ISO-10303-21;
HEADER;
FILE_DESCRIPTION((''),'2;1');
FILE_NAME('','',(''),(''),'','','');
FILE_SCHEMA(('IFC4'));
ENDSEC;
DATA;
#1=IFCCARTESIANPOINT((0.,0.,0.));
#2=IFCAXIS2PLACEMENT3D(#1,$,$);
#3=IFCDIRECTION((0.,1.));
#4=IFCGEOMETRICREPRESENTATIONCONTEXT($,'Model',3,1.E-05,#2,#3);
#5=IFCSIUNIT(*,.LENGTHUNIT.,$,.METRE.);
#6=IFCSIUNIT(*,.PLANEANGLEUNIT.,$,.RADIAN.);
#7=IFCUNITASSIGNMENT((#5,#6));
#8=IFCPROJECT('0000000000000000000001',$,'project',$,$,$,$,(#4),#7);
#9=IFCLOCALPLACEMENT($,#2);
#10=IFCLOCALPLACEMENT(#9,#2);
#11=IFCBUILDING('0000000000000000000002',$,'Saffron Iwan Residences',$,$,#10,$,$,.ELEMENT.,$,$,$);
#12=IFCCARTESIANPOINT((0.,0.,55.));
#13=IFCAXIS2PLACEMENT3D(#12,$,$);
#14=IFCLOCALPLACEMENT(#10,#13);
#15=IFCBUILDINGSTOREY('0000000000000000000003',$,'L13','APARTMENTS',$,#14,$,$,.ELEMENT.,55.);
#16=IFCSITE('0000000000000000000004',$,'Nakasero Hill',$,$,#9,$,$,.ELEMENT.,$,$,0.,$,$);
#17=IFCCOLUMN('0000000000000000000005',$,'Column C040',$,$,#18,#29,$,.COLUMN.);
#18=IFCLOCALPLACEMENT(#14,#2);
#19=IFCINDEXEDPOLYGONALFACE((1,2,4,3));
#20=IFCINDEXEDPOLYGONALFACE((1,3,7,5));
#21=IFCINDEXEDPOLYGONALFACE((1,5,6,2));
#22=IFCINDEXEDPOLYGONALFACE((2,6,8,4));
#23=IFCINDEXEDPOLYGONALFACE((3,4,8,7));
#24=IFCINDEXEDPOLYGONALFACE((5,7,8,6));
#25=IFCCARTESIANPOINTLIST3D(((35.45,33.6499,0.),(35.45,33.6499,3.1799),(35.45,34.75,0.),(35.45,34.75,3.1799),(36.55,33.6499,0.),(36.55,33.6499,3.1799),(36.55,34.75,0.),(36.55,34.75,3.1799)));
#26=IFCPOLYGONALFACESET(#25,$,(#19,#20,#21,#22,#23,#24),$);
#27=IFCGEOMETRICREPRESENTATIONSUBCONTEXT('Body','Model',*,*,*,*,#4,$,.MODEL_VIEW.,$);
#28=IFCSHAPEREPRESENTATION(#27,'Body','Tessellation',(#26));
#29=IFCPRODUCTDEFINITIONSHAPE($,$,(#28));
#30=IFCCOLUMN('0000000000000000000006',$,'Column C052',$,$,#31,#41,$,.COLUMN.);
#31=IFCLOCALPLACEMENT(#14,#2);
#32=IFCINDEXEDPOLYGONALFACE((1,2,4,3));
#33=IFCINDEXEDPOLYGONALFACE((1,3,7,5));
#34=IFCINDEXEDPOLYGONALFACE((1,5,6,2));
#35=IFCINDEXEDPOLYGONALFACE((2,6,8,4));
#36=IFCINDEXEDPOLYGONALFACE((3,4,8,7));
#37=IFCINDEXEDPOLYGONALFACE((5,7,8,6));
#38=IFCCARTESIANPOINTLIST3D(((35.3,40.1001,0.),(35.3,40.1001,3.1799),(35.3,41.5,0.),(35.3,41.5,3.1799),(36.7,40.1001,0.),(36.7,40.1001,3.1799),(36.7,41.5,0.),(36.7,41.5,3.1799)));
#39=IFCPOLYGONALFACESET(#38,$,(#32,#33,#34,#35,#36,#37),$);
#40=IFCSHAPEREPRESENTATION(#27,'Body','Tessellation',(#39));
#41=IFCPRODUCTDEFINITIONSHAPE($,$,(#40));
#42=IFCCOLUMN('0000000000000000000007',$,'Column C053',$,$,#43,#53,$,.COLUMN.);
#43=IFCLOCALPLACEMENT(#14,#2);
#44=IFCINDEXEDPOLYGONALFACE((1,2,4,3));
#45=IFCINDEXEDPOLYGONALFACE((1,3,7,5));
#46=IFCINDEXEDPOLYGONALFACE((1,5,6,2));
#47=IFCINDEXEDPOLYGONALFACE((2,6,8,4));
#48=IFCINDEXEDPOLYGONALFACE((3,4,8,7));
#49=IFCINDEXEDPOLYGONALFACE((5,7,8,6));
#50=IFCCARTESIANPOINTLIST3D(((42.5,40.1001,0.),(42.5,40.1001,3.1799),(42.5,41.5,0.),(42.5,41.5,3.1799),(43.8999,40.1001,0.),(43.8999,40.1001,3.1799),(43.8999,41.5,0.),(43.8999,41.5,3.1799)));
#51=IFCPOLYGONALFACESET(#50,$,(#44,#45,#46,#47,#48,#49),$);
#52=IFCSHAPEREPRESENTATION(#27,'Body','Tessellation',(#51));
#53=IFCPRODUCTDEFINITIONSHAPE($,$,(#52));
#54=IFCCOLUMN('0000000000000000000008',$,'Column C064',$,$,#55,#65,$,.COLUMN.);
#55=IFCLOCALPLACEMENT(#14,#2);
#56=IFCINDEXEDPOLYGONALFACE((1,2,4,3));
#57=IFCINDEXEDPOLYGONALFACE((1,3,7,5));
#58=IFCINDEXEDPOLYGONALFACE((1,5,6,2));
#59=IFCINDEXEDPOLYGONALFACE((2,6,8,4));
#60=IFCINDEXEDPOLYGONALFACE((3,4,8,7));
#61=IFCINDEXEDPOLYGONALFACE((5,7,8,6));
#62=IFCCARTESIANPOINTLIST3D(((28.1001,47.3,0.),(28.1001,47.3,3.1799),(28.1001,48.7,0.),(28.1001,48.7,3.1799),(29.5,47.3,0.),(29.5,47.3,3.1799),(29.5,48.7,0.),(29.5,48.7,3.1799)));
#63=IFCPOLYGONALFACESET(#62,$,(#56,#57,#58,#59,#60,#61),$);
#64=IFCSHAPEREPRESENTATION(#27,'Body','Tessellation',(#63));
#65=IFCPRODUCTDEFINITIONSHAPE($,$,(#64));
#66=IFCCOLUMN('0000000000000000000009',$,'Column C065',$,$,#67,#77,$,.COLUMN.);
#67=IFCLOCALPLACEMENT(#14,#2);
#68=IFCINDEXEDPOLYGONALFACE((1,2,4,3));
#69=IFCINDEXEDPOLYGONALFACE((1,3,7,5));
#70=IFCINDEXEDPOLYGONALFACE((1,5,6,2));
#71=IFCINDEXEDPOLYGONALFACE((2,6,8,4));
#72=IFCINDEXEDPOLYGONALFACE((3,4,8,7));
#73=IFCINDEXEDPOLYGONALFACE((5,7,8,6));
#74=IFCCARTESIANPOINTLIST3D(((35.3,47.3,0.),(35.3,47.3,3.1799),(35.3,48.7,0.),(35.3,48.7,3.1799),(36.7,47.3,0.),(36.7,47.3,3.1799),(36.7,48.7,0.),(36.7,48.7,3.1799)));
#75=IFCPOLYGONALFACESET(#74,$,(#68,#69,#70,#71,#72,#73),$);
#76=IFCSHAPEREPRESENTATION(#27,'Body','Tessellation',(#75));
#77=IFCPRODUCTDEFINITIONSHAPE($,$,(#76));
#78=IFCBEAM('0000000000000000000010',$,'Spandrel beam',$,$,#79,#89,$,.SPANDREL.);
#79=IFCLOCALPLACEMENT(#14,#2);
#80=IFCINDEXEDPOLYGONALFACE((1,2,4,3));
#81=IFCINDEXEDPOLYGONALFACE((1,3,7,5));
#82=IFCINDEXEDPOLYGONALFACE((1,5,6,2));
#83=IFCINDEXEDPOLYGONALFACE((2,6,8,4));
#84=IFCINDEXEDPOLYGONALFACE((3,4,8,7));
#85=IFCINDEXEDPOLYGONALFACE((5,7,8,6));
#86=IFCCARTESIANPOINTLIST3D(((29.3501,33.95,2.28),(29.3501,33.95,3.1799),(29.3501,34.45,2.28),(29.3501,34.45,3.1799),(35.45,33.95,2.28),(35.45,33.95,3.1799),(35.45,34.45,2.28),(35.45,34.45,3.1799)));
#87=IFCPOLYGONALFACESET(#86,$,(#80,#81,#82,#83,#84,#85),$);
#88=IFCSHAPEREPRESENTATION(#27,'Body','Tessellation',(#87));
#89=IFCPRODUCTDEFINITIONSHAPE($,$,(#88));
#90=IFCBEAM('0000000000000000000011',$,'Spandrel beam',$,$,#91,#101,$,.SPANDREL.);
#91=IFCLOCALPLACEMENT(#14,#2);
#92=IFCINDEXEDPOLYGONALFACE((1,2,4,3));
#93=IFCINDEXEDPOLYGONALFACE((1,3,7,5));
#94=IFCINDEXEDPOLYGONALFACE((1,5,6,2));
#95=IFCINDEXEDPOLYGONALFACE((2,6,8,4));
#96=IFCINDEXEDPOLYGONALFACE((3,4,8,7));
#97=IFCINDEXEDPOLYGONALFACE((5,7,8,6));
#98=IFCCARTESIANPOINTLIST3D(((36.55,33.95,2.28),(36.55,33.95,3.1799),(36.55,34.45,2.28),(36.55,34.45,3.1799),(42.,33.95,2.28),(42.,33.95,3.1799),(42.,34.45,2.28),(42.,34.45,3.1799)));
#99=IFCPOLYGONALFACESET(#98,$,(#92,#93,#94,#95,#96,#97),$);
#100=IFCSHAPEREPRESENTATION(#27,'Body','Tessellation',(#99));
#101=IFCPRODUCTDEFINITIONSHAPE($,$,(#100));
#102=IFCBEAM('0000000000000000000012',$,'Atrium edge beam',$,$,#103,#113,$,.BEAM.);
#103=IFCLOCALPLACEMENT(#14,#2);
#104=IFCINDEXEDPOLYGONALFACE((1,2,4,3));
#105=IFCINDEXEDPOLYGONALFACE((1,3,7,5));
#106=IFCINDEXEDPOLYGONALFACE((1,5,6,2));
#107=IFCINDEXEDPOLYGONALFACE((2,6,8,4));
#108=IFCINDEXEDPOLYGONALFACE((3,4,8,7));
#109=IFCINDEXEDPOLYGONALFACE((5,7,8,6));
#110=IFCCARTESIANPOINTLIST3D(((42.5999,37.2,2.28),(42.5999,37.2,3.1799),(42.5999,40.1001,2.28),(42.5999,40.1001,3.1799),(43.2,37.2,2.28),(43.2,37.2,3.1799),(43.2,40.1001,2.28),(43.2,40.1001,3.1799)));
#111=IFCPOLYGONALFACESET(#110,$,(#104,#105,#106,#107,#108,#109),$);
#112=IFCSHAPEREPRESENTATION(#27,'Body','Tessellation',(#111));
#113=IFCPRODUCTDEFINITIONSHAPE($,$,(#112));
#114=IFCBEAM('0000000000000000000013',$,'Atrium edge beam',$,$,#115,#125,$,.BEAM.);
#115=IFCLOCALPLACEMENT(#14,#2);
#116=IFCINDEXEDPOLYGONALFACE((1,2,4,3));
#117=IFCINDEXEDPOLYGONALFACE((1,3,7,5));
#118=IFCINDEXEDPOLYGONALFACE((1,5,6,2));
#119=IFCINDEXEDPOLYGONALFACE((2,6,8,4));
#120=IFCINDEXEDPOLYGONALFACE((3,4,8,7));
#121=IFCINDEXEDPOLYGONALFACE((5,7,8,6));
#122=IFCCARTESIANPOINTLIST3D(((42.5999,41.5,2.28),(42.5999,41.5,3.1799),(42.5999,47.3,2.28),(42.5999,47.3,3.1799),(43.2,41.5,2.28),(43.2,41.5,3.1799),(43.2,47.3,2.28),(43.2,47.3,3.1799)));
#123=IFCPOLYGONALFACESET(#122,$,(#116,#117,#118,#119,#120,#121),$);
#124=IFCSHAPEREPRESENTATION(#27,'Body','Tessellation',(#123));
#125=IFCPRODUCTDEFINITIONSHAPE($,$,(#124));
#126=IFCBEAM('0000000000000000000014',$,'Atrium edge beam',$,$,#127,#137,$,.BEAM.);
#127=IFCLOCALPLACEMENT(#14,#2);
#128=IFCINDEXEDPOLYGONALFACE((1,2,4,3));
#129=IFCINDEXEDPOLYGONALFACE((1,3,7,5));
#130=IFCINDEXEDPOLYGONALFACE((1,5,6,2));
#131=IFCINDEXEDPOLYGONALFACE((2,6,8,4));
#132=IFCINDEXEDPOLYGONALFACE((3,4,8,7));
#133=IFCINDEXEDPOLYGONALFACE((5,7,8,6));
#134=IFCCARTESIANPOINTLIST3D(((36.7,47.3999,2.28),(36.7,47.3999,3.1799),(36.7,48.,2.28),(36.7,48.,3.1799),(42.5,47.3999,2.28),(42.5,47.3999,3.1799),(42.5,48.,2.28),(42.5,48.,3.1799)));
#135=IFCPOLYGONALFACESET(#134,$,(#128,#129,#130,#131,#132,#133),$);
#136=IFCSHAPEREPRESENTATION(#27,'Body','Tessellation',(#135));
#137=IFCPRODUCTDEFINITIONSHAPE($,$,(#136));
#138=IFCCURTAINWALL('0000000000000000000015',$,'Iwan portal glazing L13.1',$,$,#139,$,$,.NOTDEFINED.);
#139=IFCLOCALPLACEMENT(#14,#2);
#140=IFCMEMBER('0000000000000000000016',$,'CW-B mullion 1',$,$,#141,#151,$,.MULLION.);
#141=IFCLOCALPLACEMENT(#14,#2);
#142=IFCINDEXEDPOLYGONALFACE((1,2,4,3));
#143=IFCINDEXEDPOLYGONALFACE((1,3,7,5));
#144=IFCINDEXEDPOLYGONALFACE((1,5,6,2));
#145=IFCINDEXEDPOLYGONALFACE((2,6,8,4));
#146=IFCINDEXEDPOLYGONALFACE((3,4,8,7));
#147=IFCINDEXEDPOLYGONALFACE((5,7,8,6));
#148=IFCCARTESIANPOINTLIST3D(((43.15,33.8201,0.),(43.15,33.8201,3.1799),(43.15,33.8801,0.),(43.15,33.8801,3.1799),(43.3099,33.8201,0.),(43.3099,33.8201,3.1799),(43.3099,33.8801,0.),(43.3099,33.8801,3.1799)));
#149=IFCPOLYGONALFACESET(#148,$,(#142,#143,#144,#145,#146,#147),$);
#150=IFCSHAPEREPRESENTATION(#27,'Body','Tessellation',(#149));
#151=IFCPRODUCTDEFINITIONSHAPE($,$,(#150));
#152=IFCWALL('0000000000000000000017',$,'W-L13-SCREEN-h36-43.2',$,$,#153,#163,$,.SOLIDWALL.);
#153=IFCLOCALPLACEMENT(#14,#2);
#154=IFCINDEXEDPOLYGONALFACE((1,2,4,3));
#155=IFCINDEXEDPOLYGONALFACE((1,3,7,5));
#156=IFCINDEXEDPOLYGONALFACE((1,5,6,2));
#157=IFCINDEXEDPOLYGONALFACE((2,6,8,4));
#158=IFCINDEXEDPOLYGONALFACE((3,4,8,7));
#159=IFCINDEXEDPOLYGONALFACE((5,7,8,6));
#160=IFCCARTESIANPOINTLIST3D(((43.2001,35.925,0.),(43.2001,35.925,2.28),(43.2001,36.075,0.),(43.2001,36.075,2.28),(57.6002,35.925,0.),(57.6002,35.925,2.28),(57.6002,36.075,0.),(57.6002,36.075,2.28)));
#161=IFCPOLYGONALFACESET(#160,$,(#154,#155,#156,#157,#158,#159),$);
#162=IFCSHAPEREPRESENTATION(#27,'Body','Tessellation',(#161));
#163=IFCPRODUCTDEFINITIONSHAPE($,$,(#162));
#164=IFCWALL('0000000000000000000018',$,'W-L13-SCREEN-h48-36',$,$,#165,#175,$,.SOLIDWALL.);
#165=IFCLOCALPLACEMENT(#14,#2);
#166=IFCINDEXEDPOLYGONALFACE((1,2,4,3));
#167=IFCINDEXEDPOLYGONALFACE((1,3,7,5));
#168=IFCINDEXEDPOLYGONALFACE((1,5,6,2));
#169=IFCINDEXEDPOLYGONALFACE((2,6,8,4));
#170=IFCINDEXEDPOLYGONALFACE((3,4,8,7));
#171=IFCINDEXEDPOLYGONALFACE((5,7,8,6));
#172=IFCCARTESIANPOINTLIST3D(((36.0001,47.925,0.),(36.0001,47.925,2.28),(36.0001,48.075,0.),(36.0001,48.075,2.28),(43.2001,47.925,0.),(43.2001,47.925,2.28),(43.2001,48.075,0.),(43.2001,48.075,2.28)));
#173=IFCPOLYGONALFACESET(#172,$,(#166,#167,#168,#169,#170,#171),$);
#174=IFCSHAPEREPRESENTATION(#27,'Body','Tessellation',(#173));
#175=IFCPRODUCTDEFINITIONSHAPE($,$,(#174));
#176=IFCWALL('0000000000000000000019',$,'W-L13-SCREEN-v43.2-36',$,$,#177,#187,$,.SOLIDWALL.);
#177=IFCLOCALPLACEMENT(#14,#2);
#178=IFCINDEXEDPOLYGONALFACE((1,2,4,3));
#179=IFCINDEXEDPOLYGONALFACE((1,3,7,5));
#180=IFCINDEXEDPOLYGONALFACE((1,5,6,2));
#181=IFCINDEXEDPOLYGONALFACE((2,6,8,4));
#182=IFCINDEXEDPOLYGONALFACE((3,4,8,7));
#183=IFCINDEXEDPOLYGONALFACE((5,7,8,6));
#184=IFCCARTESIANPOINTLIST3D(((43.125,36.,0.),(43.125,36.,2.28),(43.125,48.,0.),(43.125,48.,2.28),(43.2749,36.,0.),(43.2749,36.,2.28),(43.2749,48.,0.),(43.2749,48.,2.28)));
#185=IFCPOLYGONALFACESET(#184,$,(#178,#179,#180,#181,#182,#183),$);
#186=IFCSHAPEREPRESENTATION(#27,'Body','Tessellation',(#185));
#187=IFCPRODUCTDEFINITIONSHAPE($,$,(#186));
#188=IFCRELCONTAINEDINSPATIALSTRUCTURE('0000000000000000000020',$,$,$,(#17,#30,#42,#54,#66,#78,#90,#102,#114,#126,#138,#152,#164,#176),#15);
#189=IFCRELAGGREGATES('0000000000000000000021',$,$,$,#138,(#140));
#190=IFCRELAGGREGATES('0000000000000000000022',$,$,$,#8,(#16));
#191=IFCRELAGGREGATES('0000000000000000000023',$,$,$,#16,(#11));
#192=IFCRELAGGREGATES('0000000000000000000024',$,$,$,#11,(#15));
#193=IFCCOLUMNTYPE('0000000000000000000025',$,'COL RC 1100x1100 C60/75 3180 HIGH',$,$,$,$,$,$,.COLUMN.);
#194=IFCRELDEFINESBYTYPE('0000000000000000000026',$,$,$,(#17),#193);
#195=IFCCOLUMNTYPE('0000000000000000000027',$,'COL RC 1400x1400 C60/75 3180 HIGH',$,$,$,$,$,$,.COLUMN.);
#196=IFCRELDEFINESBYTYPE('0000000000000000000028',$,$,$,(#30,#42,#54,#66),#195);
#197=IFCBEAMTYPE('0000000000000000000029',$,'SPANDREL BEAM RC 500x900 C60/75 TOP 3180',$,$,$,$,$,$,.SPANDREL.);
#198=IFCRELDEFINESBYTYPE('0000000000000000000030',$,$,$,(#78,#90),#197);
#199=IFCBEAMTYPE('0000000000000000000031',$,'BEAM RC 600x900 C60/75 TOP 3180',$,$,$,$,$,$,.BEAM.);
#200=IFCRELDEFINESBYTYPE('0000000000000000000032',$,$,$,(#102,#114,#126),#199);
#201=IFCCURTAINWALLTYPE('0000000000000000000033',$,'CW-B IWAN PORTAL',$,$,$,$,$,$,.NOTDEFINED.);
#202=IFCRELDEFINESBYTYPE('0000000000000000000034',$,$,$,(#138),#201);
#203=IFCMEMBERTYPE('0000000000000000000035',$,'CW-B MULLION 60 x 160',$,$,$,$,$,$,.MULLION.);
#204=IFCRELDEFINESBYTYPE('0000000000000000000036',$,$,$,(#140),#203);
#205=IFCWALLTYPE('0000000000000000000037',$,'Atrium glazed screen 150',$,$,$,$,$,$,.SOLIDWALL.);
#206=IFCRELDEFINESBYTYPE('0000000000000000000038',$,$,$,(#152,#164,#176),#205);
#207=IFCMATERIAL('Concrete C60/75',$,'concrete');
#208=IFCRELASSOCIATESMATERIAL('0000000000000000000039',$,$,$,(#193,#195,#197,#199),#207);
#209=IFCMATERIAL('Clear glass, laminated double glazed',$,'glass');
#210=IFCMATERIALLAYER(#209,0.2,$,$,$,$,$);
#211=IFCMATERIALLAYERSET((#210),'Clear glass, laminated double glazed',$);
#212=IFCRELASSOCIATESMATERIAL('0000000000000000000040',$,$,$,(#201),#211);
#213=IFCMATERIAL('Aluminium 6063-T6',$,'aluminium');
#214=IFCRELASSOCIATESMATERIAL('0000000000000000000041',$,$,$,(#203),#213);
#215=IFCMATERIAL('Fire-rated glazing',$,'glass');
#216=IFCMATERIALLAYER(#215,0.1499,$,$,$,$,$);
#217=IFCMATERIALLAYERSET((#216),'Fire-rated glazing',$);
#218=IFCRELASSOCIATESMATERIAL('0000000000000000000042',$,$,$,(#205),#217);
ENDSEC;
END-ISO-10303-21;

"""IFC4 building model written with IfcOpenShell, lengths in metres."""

from ifc_helpers import new_model, si_unit, direction, frame, frame_2d, origin, origin_2d, place, context, subcontext, project, spatial, rectangle, extrude, source, transform, mapped, material, layer, layer_set, material_profile, profile_set, type_object, element, aggregate, save


model = new_model("IFC4")

# Units and contexts
model_context = context("Model", 3, precision=1e-05, world=origin(), true_north=direction((0.0, 1.0)))
body_context = subcontext(model_context, "Body", "Model", "MODEL_VIEW")
ifc_project = project(units=[si_unit("LENGTHUNIT", "METRE"), si_unit("PLANEANGLEUNIT", "RADIAN")], contexts=[model_context])

# Site, building, storey
site_placement = place(None, origin())
site = spatial("IfcSite", under=ifc_project, at=site_placement, Name="Nakasero Hill", CompositionType="ELEMENT", RefElevation=0.0)
building_placement = place(site_placement, origin())
building = spatial("IfcBuilding", under=site, at=building_placement, Name="Saffron Iwan Residences", CompositionType="ELEMENT")
storey_placement = place(building_placement, frame((0.0, 0.0, 55.0)))
storey = spatial("IfcBuildingStorey", under=building, at=storey_placement, Name="L13", Description="APARTMENTS", CompositionType="ELEMENT", Elevation=55.0)

# Columns
ifc_material_1 = material(Name="Concrete C60/75", Category="concrete")
ifc_material_profile_1 = material_profile(ifc_material_1, rectangle(XDim=1.1001, YDim=1.1001, at=origin_2d()), Name="RC 1100x1100")
ifc_profile_set_1 = profile_set([ifc_material_profile_1], Name="Concrete C60/75")
column_type_1 = type_object("IfcColumnType", Name="COL RC 1100x1100 C60/75 3180 HIGH", PredefinedType="COLUMN", material=ifc_profile_set_1)
shared_shape_1 = source(origin(), body_context, "Body", "SweptSolid", [
    extrude(rectangle(XDim=1.1001, YDim=1.1001, at=origin_2d()), origin(), (0.0, 0.0, 1.0), 3.1799),
])
column_placement = place(storey_placement, frame((36.0, 34.2, 0.0), z_axis=(0.0, 0.0, 1.0), x_axis=(1.0, 0.0, 0.0)))
element("IfcColumn", 1, at=column_placement, inside=storey, type_object=column_type_1, Name="Column C040", PredefinedType="COLUMN", context=body_context, shape_type="MappedRepresentation", body=[
    mapped(shared_shape_1, transform((0.0, 0.0, 0.0))),
])
ifc_material_profile_2 = material_profile(ifc_material_1, rectangle(XDim=1.3999, YDim=1.3999, at=origin_2d()), Name="RC 1400x1400")
ifc_profile_set_2 = profile_set([ifc_material_profile_2], Name="Concrete C60/75")
column_type_2 = type_object("IfcColumnType", Name="COL RC 1400x1400 C60/75 3180 HIGH", PredefinedType="COLUMN", material=ifc_profile_set_2)
shared_shape_2 = source(origin(), body_context, "Body", "SweptSolid", [
    extrude(rectangle(XDim=1.3999, YDim=1.3999, at=origin_2d()), origin(), (0.0, 0.0, 1.0), 3.1799),
])
for number, where, z_axis, x_axis, name in (
    (2, (36.0, 40.8, 0.0), (0.0, 0.0, 1.0), (1.0, 0.0, 0.0), "Column C052"),
    (3, (43.2, 40.8, 0.0), (0.0, 0.0, 1.0), (1.0, 0.0, 0.0), "Column C053"),
    (4, (28.8, 48.0, 0.0), (0.0, 0.0, 1.0), (1.0, 0.0, 0.0), "Column C064"),
    (5, (36.0, 48.0, 0.0), (0.0, 0.0, 1.0), (1.0, 0.0, 0.0), "Column C065"),
):
    element("IfcColumn", number, at=place(storey_placement, frame(where, z_axis=z_axis, x_axis=x_axis)), inside=storey, type_object=column_type_2, Name=name, PredefinedType="COLUMN", context=body_context, shape_type="MappedRepresentation", body=[
        mapped(shared_shape_2, transform((0.0, 0.0, 0.0))),
    ])

# Beams
ifc_material_profile_3 = material_profile(ifc_material_1, rectangle(XDim=0.5, YDim=0.8999, at=origin_2d()), Name="RC 500x900")
ifc_profile_set_3 = profile_set([ifc_material_profile_3], Name="Concrete C60/75")
beam_type_1 = type_object("IfcBeamType", Name="SPANDREL BEAM RC 500x900 C60/75 TOP 3180", PredefinedType="SPANDREL", material=ifc_profile_set_3)
shared_shape_3 = source(origin(), body_context, "Body", "SweptSolid", [
    extrude(rectangle(XDim=0.5, YDim=0.8999, at=origin_2d()), origin(), (0.0, 0.0, 1.0), 6.0999),
])
beam_1_placement = place(storey_placement, frame((35.45, 34.2, 2.73), z_axis=(-1.0, 0.0, 0.0), x_axis=(0.0, -1.0, 0.0)))
element("IfcBeam", 6, at=beam_1_placement, inside=storey, type_object=beam_type_1, Name="Spandrel beam", PredefinedType="SPANDREL", context=body_context, shape_type="MappedRepresentation", body=[
    mapped(shared_shape_3, transform((0.0, 0.0, 0.0))),
])
shared_shape_4 = source(origin(), body_context, "Body", "SweptSolid", [
    extrude(rectangle(XDim=0.5, YDim=0.8999, at=origin_2d()), origin(), (0.0, 0.0, 1.0), 5.45),
])
beam_2_placement = place(storey_placement, frame((42.0, 34.2, 2.73), z_axis=(-1.0, 0.0, 0.0), x_axis=(0.0, -1.0, 0.0)))
element("IfcBeam", 7, at=beam_2_placement, inside=storey, type_object=beam_type_1, Name="Spandrel beam", PredefinedType="SPANDREL", context=body_context, shape_type="MappedRepresentation", body=[
    mapped(shared_shape_4, transform((0.0, 0.0, 0.0))),
])
ifc_material_profile_4 = material_profile(ifc_material_1, rectangle(XDim=0.6001, YDim=0.8999, at=origin_2d()), Name="RC 600x900")
ifc_profile_set_4 = profile_set([ifc_material_profile_4], Name="Concrete C60/75")
beam_type_2 = type_object("IfcBeamType", Name="BEAM RC 600x900 C60/75 TOP 3180", PredefinedType="BEAM", material=ifc_profile_set_4)
shared_shape_5 = source(origin(), body_context, "Body", "SweptSolid", [
    extrude(rectangle(XDim=0.6001, YDim=0.8999, at=origin_2d()), origin(), (0.0, 0.0, 1.0), 2.9001),
])
beam_3_placement = place(storey_placement, frame((42.8999, 37.2, 2.73), z_axis=(0.0, 1.0, 0.0), x_axis=(-1.0, 0.0, 0.0)))
element("IfcBeam", 8, at=beam_3_placement, inside=storey, type_object=beam_type_2, Name="Atrium edge beam", PredefinedType="BEAM", context=body_context, shape_type="MappedRepresentation", body=[
    mapped(shared_shape_5, transform((0.0, 0.0, 0.0))),
])
shared_shape_6 = source(origin(), body_context, "Body", "SweptSolid", [
    extrude(rectangle(XDim=0.6001, YDim=0.8999, at=origin_2d()), origin(), (0.0, 0.0, 1.0), 5.8),
])
for number, where, z_axis, x_axis, name in (
    (9, (42.8999, 41.5, 2.73), (0.0, 1.0, 0.0), (-1.0, 0.0, 0.0), "Atrium edge beam"),
    (10, (42.5, 47.7, 2.73), (-1.0, 0.0, 0.0), (0.0, -1.0, 0.0), "Atrium edge beam"),
):
    element("IfcBeam", number, at=place(storey_placement, frame(where, z_axis=z_axis, x_axis=x_axis)), inside=storey, type_object=beam_type_2, Name=name, PredefinedType="BEAM", context=body_context, shape_type="MappedRepresentation", body=[
        mapped(shared_shape_6, transform((0.0, 0.0, 0.0))),
    ])

# Curtain wall, member
ifc_material_2 = material(Name="Clear glass, laminated double glazed", Category="glass")
ifc_layer_1 = layer(ifc_material_2, 0.2)
ifc_layer_set_1 = layer_set([ifc_layer_1], Name="Clear glass, laminated double glazed")
curtain_wall_type = type_object("IfcCurtainWallType", Name="CW-B IWAN PORTAL", PredefinedType="NOTDEFINED", material=ifc_layer_set_1)
curtain_wall_placement = place(storey_placement, origin())
curtain_wall = element("IfcCurtainWall", 11, at=curtain_wall_placement, inside=storey, type_object=curtain_wall_type, Name="Iwan portal glazing L13.1", PredefinedType="NOTDEFINED")
ifc_material_3 = material(Name="Aluminium 6063-T6", Category="aluminium")
ifc_material_profile_5 = material_profile(ifc_material_3, rectangle(XDim=0.0601, YDim=0.1599, at=origin_2d()), Name="CW-B MULLION 60 x 160")
ifc_profile_set_5 = profile_set([ifc_material_profile_5], Name="Aluminium 6063-T6")
member_type = type_object("IfcMemberType", Name="CW-B MULLION 60 x 160", PredefinedType="MULLION", material=ifc_profile_set_5)
shared_shape_7 = source(origin(), body_context, "Body", "SweptSolid", [
    extrude(rectangle(XDim=0.0601, YDim=0.1599, at=origin_2d()), origin(), (0.0, 0.0, 1.0), 3.1799),
])
member_placement = place(storey_placement, frame((43.23, 33.8501, 0.0), z_axis=(0.0, 0.0, 1.0), x_axis=(0.0, 1.0, 0.0)))
member = element("IfcMember", 12, at=member_placement, type_object=member_type, Name="CW-B mullion 1", PredefinedType="MULLION", context=body_context, shape_type="MappedRepresentation", body=[
    mapped(shared_shape_7, transform((0.0, 0.0, 0.0))),
])
aggregate(curtain_wall, [member])

# Walls
ifc_material_4 = material(Name="Fire-rated glazing", Category="glass")
ifc_layer_2 = layer(ifc_material_4, 0.1499)
ifc_layer_set_2 = layer_set([ifc_layer_2], Name="Fire-rated glazing")
wall_type_1 = type_object("IfcWallType", Name="Atrium glazed screen 150", PredefinedType="SOLIDWALL", material=ifc_layer_set_2)
wall_1_placement = place(storey_placement, frame((43.2, 36.0, 0.0), z_axis=(0.0, 0.0, 1.0), x_axis=(1.0, 0.0, 0.0)))
element("IfcWall", 13, at=wall_1_placement, inside=storey, type_object=wall_type_1, Name="W-L13-SCREEN-h36-43.2", PredefinedType="SOLIDWALL", context=body_context, shape_type="SweptSolid", body=[
    extrude(rectangle(XDim=14.4001, YDim=0.1499, at=frame_2d((7.2002, 0.0))), origin(), (0.0, 0.0, 1.0), 2.28),
])
wall_2_placement = place(storey_placement, frame((36.0, 48.0, 0.0), z_axis=(0.0, 0.0, 1.0), x_axis=(1.0, 0.0, 0.0)))
element("IfcWall", 14, at=wall_2_placement, inside=storey, type_object=wall_type_1, Name="W-L13-SCREEN-h48-36", PredefinedType="SOLIDWALL", context=body_context, shape_type="SweptSolid", body=[
    extrude(rectangle(XDim=7.2, YDim=0.1499, at=frame_2d((3.6001, 0.0))), origin(), (0.0, 0.0, 1.0), 2.28),
])
wall_3_placement = place(storey_placement, frame((43.2, 36.0, 0.0), z_axis=(0.0, 0.0, 1.0), x_axis=(0.0, 1.0, 0.0)))
element("IfcWall", 15, at=wall_3_placement, inside=storey, type_object=wall_type_1, Name="W-L13-SCREEN-v43.2-36", PredefinedType="SOLIDWALL", context=body_context, shape_type="SweptSolid", body=[
    extrude(rectangle(XDim=12.0, YDim=0.1499, at=frame_2d((6.0, 0.0))), origin(), (0.0, 0.0, 1.0), 2.28),
])

save(model, "model.ifc")
